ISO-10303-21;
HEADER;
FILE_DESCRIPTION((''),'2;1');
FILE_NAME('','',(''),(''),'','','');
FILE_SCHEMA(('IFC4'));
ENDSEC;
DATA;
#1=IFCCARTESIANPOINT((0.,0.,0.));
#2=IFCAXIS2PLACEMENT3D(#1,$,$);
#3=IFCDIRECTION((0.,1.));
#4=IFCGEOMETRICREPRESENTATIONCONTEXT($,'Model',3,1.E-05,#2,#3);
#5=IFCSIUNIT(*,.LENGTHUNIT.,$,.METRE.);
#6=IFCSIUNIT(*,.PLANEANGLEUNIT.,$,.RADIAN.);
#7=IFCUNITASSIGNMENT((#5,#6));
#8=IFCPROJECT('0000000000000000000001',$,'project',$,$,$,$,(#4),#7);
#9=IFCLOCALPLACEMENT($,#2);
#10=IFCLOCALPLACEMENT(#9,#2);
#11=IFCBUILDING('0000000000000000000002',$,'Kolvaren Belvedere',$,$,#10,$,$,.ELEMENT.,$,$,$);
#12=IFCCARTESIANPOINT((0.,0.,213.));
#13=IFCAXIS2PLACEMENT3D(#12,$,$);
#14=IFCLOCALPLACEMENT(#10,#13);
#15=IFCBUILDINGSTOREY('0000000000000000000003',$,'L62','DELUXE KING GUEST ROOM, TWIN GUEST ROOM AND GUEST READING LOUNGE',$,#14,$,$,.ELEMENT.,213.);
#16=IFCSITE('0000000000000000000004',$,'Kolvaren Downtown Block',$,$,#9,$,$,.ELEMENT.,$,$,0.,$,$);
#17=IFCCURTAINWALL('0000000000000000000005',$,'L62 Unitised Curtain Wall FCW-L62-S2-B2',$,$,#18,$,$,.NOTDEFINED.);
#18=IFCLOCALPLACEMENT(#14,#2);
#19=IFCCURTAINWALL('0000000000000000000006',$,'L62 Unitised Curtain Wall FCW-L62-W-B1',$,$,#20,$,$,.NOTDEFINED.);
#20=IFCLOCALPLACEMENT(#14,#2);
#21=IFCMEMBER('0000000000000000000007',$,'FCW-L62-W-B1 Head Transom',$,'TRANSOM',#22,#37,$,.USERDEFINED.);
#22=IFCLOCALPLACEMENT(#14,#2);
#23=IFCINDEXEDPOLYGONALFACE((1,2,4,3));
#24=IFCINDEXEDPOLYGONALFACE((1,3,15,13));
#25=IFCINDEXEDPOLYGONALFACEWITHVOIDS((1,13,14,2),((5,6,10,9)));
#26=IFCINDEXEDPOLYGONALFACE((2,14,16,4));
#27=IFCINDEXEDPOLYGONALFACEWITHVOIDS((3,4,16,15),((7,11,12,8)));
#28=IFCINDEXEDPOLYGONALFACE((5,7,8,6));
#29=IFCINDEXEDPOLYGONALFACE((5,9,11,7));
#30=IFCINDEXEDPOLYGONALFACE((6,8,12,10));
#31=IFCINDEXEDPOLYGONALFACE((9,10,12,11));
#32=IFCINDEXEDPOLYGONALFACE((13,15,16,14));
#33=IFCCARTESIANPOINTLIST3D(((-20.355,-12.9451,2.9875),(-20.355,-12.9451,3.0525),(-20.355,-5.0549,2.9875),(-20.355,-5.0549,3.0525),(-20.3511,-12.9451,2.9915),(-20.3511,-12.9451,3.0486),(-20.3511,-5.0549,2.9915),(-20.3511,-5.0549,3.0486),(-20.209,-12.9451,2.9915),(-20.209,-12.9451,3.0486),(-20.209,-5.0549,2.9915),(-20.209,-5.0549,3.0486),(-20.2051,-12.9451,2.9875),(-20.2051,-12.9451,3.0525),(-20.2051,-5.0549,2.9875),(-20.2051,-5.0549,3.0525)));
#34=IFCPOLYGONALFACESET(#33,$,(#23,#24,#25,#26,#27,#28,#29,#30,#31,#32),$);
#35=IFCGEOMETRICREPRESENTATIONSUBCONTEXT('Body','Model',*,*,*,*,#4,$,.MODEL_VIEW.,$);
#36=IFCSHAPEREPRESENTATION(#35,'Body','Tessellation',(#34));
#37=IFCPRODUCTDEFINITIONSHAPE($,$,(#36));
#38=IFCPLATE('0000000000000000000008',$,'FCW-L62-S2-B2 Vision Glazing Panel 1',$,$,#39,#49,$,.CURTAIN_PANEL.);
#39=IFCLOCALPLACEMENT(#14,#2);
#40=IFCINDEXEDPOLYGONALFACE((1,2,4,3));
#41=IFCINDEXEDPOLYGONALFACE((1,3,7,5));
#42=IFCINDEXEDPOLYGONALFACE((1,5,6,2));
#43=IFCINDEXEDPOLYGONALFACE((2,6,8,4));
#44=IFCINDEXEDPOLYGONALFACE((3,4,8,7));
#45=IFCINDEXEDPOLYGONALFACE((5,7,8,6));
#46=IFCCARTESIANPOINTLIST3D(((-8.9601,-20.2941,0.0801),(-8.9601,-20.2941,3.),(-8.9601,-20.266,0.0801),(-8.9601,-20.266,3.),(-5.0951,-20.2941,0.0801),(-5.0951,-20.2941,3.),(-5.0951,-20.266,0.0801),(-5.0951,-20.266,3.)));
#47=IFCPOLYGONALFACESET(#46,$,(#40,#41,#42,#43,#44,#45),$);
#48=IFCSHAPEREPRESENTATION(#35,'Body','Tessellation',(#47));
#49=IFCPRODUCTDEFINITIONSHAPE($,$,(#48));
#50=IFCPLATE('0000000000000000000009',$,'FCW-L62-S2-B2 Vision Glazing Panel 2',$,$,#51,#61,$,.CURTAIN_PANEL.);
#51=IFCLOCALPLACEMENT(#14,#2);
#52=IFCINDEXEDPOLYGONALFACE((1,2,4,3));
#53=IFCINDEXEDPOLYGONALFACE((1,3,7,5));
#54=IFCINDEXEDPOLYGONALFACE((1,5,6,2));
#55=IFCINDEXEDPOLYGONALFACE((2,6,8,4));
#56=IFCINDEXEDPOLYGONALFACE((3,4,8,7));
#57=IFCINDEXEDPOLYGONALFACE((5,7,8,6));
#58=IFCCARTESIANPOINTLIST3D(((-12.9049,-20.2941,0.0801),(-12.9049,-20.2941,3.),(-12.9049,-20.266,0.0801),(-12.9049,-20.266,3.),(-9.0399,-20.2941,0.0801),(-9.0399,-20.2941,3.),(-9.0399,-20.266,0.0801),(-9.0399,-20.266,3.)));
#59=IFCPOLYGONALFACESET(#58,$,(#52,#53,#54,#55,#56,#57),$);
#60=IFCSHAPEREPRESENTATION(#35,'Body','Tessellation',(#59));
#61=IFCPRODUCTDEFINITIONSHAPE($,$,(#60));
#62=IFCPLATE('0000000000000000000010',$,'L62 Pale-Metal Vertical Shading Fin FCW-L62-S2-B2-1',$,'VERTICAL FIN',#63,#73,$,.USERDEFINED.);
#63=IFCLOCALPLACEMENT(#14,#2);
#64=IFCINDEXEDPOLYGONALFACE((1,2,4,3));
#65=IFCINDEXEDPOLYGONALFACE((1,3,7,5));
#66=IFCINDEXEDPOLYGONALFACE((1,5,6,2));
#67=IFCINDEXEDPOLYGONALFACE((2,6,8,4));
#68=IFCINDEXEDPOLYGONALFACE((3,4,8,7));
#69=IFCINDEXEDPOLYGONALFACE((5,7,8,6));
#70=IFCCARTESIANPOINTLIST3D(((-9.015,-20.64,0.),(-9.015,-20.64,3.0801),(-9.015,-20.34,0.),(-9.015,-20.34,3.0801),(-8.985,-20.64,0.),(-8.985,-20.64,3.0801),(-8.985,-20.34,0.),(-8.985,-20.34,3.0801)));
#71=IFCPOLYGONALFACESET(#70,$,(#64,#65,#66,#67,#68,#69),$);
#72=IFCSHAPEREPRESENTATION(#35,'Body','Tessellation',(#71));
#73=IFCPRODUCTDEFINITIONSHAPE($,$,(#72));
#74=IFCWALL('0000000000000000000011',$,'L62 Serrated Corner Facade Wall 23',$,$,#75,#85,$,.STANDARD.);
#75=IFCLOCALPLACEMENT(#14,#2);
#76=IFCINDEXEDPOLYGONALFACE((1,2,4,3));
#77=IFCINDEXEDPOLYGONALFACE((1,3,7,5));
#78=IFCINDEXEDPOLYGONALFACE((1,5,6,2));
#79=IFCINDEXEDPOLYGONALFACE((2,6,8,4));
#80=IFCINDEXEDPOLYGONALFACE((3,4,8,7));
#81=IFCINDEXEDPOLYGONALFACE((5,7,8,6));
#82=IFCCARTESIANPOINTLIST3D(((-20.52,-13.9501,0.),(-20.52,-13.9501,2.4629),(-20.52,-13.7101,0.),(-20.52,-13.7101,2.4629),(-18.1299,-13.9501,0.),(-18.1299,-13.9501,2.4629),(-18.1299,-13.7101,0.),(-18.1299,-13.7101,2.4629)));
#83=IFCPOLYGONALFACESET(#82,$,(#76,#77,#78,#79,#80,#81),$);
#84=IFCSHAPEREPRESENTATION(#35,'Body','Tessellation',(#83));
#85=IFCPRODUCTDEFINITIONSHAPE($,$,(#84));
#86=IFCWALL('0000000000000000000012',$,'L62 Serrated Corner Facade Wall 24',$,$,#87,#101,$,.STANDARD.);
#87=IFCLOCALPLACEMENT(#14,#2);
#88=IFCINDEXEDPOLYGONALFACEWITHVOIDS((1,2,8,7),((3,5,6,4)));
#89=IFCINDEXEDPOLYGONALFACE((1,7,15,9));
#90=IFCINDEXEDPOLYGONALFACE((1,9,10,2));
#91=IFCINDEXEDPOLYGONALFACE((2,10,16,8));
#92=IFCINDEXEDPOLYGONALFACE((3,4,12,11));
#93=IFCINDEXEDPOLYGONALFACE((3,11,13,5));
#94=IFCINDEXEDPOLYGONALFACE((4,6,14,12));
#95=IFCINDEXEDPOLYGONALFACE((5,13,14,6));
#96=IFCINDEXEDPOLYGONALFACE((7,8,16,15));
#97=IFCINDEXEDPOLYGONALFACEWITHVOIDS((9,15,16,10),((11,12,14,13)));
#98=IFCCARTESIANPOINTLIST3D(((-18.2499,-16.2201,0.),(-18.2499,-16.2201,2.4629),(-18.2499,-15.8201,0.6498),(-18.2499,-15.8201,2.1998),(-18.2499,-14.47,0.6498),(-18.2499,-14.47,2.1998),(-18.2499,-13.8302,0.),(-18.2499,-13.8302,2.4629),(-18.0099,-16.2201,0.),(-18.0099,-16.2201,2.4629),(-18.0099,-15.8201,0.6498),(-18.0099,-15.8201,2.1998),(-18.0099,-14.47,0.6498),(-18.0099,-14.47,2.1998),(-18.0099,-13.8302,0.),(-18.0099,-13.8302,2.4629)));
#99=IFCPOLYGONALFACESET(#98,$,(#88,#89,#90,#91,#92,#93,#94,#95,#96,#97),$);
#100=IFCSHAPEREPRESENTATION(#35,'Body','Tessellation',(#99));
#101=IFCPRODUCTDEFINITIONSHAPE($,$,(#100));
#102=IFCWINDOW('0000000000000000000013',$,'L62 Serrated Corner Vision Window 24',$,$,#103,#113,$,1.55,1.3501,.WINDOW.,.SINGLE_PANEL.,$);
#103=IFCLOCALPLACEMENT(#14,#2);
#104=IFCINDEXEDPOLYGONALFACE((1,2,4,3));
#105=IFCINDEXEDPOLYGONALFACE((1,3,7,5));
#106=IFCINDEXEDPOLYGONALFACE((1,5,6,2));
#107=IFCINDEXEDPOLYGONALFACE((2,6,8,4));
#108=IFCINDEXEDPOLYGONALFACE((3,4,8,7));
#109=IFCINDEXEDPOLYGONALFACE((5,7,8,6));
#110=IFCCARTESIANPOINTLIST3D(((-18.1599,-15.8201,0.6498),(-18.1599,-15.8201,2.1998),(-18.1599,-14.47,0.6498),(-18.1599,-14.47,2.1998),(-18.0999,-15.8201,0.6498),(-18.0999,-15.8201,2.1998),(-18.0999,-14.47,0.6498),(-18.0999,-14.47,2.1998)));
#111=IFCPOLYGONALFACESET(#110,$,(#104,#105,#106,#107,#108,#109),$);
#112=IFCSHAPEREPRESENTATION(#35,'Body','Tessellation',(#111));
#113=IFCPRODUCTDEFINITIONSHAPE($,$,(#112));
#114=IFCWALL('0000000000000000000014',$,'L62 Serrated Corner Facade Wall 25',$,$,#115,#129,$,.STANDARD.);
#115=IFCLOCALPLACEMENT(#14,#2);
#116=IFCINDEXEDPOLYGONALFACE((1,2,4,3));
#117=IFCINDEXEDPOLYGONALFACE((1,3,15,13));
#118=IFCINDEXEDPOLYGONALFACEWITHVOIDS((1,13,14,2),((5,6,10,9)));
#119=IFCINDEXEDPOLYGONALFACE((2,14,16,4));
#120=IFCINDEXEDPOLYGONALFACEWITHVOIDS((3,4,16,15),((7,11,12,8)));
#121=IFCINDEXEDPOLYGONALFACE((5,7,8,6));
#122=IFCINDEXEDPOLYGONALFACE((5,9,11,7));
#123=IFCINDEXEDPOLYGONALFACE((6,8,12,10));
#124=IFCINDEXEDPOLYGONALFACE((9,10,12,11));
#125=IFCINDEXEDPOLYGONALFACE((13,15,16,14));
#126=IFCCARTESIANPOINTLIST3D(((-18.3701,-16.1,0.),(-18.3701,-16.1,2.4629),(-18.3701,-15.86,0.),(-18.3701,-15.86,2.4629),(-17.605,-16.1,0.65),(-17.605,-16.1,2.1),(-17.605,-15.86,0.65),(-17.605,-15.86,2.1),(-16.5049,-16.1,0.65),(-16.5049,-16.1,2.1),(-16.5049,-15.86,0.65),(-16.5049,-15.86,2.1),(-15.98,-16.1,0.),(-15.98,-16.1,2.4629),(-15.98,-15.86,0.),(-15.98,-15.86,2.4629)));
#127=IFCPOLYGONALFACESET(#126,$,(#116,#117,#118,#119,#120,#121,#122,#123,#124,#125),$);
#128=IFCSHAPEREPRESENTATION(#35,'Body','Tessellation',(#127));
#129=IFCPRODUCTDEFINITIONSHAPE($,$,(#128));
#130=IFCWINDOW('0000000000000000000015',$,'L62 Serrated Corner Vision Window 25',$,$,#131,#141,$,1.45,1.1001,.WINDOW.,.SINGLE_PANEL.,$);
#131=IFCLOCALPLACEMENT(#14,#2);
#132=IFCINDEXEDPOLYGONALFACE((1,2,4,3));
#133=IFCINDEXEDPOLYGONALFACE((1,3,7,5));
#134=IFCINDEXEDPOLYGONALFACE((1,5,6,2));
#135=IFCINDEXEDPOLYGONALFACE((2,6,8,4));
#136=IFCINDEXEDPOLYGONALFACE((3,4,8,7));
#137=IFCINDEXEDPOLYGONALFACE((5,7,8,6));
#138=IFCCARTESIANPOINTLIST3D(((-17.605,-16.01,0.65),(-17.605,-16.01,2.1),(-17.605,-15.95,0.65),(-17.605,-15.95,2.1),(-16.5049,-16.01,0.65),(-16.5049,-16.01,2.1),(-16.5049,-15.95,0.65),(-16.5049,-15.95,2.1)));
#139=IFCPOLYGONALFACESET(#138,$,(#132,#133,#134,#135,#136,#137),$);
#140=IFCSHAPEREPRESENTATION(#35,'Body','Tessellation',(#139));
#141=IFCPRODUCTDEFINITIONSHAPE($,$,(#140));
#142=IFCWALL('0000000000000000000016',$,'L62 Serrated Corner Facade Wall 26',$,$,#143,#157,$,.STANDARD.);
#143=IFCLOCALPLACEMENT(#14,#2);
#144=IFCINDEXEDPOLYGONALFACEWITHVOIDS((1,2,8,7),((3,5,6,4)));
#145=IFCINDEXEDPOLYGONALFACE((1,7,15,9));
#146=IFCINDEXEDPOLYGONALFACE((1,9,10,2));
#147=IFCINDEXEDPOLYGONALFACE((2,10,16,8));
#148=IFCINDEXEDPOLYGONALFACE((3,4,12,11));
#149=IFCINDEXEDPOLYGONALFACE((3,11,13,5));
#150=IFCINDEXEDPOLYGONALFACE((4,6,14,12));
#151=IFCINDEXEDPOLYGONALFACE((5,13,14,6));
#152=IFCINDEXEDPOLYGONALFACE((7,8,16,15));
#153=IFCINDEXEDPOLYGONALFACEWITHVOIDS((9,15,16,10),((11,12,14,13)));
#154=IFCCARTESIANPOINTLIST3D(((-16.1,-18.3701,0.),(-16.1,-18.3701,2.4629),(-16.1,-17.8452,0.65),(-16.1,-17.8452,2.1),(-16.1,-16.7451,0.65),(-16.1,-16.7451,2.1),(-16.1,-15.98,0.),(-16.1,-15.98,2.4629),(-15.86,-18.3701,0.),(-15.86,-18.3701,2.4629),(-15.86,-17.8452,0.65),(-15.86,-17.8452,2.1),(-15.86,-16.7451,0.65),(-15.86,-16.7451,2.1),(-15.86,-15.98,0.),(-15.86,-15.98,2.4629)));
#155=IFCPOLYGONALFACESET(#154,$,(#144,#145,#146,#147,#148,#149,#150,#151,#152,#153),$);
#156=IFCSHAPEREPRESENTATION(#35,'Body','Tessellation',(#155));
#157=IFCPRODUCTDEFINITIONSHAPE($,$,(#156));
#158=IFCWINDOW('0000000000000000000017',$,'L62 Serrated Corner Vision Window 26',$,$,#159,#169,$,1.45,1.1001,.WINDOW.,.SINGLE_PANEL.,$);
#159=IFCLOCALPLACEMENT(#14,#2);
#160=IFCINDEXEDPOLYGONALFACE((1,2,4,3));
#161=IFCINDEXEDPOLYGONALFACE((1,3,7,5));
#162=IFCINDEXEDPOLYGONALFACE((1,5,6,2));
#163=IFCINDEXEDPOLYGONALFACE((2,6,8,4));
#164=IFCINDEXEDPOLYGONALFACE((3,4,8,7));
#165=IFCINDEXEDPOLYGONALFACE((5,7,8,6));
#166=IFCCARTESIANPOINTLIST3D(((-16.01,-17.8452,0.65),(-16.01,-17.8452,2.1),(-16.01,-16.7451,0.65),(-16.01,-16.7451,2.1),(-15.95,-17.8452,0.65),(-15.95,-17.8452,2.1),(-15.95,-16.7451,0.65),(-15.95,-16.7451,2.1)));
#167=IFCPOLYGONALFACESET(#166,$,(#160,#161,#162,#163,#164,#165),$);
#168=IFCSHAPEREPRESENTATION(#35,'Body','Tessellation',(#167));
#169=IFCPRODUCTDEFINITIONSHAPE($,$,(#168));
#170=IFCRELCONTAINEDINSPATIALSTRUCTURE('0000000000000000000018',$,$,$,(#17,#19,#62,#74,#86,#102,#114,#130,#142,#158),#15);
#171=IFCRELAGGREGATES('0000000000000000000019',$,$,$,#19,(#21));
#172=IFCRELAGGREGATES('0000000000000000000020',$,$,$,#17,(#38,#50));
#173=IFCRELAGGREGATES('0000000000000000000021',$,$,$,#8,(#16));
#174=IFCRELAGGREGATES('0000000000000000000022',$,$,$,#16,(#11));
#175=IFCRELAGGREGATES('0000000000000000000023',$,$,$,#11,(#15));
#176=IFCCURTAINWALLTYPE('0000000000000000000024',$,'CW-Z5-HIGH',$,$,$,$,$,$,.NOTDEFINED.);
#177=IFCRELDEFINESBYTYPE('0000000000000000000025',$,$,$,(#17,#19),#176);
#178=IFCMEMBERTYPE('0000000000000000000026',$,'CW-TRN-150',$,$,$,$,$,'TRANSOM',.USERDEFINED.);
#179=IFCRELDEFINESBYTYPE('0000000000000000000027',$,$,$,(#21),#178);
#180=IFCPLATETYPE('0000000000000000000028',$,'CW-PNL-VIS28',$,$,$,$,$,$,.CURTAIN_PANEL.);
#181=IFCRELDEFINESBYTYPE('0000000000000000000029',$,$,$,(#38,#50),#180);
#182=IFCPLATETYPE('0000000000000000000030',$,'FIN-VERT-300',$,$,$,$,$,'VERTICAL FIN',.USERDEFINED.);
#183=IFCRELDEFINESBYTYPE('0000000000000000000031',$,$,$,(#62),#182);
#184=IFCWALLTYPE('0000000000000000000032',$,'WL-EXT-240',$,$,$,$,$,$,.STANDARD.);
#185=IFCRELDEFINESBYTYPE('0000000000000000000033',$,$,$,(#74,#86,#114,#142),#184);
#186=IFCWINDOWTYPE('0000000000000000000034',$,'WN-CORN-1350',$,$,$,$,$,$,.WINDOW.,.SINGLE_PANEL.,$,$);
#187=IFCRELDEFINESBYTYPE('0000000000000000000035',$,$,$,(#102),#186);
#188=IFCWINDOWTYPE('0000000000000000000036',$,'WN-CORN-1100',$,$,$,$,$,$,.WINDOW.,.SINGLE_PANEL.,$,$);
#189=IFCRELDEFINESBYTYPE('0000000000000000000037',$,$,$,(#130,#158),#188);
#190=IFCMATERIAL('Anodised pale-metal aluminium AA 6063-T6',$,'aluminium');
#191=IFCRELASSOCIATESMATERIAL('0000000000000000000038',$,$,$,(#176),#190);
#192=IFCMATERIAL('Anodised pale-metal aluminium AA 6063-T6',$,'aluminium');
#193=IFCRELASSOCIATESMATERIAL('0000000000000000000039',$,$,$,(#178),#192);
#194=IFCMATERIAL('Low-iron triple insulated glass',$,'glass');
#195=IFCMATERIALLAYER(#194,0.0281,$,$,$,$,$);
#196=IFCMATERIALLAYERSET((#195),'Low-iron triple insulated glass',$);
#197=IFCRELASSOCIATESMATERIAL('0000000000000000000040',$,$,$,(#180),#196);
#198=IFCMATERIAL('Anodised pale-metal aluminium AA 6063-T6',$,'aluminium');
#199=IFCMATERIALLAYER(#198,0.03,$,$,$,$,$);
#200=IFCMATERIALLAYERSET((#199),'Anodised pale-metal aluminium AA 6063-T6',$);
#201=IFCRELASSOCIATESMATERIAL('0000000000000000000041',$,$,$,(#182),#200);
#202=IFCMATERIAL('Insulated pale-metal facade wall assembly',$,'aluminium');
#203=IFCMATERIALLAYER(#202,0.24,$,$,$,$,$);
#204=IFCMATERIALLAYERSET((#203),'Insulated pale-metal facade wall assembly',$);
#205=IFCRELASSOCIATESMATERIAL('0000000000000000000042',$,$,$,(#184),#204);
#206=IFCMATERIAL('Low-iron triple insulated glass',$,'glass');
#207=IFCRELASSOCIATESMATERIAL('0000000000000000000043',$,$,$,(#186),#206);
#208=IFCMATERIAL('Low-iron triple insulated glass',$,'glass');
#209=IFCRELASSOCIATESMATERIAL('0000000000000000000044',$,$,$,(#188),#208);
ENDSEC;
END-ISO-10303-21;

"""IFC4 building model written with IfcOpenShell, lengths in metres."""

from ifc_helpers import new_model, si_unit, direction, frame, frame_2d, origin, origin_2d, place, context, subcontext, project, spatial, rectangle, hollow_rectangle, extrude, material, layer, layer_set, material_profile, profile_set, type_object, element, fill, aggregate, save


model = new_model("IFC4")

# Units and contexts
model_context = context("Model", 3, precision=1e-05, world=origin(), true_north=direction((0.0, 1.0)))
body_context = subcontext(model_context, "Body", "Model", "MODEL_VIEW")
ifc_project = project(units=[si_unit("LENGTHUNIT", "METRE"), si_unit("PLANEANGLEUNIT", "RADIAN")], contexts=[model_context])

# Site, building, storey
site_placement = place(None, origin())
site = spatial("IfcSite", under=ifc_project, at=site_placement, Name="Kolvaren Downtown Block", CompositionType="ELEMENT", RefElevation=0.0)
building_placement = place(site_placement, origin())
building = spatial("IfcBuilding", under=site, at=building_placement, Name="Kolvaren Belvedere", CompositionType="ELEMENT")
storey_placement = place(building_placement, frame((0.0, 0.0, 213.0)))
storey = spatial("IfcBuildingStorey", under=building, at=storey_placement, Name="L62", Description="DELUXE KING GUEST ROOM, TWIN GUEST ROOM AND GUEST READING LOUNGE", CompositionType="ELEMENT", Elevation=213.0)

# Curtain walls, member
ifc_material_1 = material(Name="Anodised pale-metal aluminium AA 6063-T6", Category="aluminium")
curtain_wall_type = type_object("IfcCurtainWallType", Name="CW-Z5-HIGH", PredefinedType="NOTDEFINED", material=ifc_material_1)
curtain_wall_1_placement = place(storey_placement, origin())
curtain_wall_1 = element("IfcCurtainWall", 1, at=curtain_wall_1_placement, inside=storey, type_object=curtain_wall_type, Name="L62 Unitised Curtain Wall FCW-L62-S2-B2", PredefinedType="NOTDEFINED")
curtain_wall_2_placement = place(storey_placement, origin())
curtain_wall_2 = element("IfcCurtainWall", 2, at=curtain_wall_2_placement, inside=storey, type_object=curtain_wall_type, Name="L62 Unitised Curtain Wall FCW-L62-W-B1", PredefinedType="NOTDEFINED")
ifc_material_2 = material(Name="Anodised pale-metal aluminium AA 6063-T6", Category="aluminium")
ifc_material_profile_1 = material_profile(ifc_material_2, hollow_rectangle(XDim=0.0649, YDim=0.1499, WallThickness=0.0039, at=origin_2d()), Name="ALU-TRN-150X65")
ifc_profile_set_1 = profile_set([ifc_material_profile_1], Name="Anodised pale-metal aluminium AA 6063-T6")
member_type_1 = type_object("IfcMemberType", Name="CW-TRN-150", ElementType="TRANSOM", PredefinedType="USERDEFINED", material=ifc_profile_set_1)
member_1_placement = place(storey_placement, frame((-20.28, -12.9451, 3.02), z_axis=(0.0, 1.0, 0.0), x_axis=(0.0, 0.0, 1.0)))
member_1 = element("IfcMember", 3, at=member_1_placement, type_object=member_type_1, Name="FCW-L62-W-B1 Head Transom", ObjectType="TRANSOM", PredefinedType="USERDEFINED", context=body_context, shape_type="SweptSolid", body=[
    extrude(hollow_rectangle(XDim=0.0649, YDim=0.1499, WallThickness=0.0039, at=origin_2d()), origin(), (0.0, 0.0, 1.0), 7.8901),
])
aggregate(curtain_wall_2, [member_1])

# Plates
ifc_material_3 = material(Name="Low-iron triple insulated glass", Category="glass")
ifc_layer_1 = layer(ifc_material_3, 0.0281)
ifc_layer_set_1 = layer_set([ifc_layer_1], Name="Low-iron triple insulated glass")
plate_type_1 = type_object("IfcPlateType", Name="CW-PNL-VIS28", PredefinedType="CURTAIN_PANEL", material=ifc_layer_set_1)
plate_1_placement = place(storey_placement, frame((-7.0276, -20.28, 0.0801), z_axis=(0.0, 0.0, 1.0), x_axis=(-1.0, 0.0, 0.0)))
plate_1 = element("IfcPlate", 4, at=plate_1_placement, type_object=plate_type_1, Name="FCW-L62-S2-B2 Vision Glazing Panel 1", PredefinedType="CURTAIN_PANEL", context=body_context, shape_type="SweptSolid", body=[
    extrude(rectangle(XDim=3.865, YDim=0.0281, at=origin_2d()), origin(), (0.0, 0.0, 1.0), 2.9199),
])
plate_2_placement = place(storey_placement, frame((-10.9724, -20.28, 0.0801), z_axis=(0.0, 0.0, 1.0), x_axis=(-1.0, 0.0, 0.0)))
plate_2 = element("IfcPlate", 5, at=plate_2_placement, type_object=plate_type_1, Name="FCW-L62-S2-B2 Vision Glazing Panel 2", PredefinedType="CURTAIN_PANEL", context=body_context, shape_type="SweptSolid", body=[
    extrude(rectangle(XDim=3.865, YDim=0.0281, at=origin_2d()), origin(), (0.0, 0.0, 1.0), 2.9199),
])
aggregate(curtain_wall_1, [plate_1, plate_2])
ifc_material_4 = material(Name="Anodised pale-metal aluminium AA 6063-T6", Category="aluminium")
ifc_layer_2 = layer(ifc_material_4, 0.03)
ifc_layer_set_2 = layer_set([ifc_layer_2], Name="Anodised pale-metal aluminium AA 6063-T6")
plate_type_2 = type_object("IfcPlateType", Name="FIN-VERT-300", ElementType="VERTICAL FIN", PredefinedType="USERDEFINED", material=ifc_layer_set_2)
plate_3_placement = place(storey_placement, frame((-9.0, -20.49, 0.0), z_axis=(0.0, 0.0, 1.0), x_axis=(0.0, 1.0, 0.0)))
element("IfcPlate", 6, at=plate_3_placement, inside=storey, type_object=plate_type_2, Name="L62 Pale-Metal Vertical Shading Fin FCW-L62-S2-B2-1", ObjectType="VERTICAL FIN", PredefinedType="USERDEFINED", context=body_context, shape_type="SweptSolid", body=[
    extrude(rectangle(XDim=0.3, YDim=0.03, at=origin_2d()), origin(), (0.0, 0.0, 1.0), 3.0801),
])

# Wall
ifc_material_5 = material(Name="Insulated pale-metal facade wall assembly", Category="aluminium")
ifc_layer_3 = layer(ifc_material_5, 0.24)
ifc_layer_set_3 = layer_set([ifc_layer_3], Name="Insulated pale-metal facade wall assembly")
wall_type_1 = type_object("IfcWallType", Name="WL-EXT-240", PredefinedType="STANDARD", material=ifc_layer_set_3)
wall_1_placement = place(storey_placement, frame((-18.1299, -13.8301, 0.0), z_axis=(0.0, 0.0, 1.0), x_axis=(-1.0, 0.0, 0.0)))
element("IfcWall", 7, at=wall_1_placement, inside=storey, type_object=wall_type_1, Name="L62 Serrated Corner Facade Wall 23", PredefinedType="STANDARD", context=body_context, shape_type="SweptSolid", body=[
    extrude(rectangle(XDim=2.3901, YDim=0.24, at=frame_2d((1.1951, 0.0))), origin(), (0.0, 0.0, 1.0), 2.4629),
])

# Walls, openings, windows
wall_2_placement = place(storey_placement, frame((-18.1299, -16.22, 0.0), z_axis=(0.0, 0.0, 1.0), x_axis=(0.0, 1.0, 0.0)))
wall_2 = element("IfcWall", 8, at=wall_2_placement, inside=storey, type_object=wall_type_1, Name="L62 Serrated Corner Facade Wall 24", PredefinedType="STANDARD", context=body_context, shape_type="SweptSolid", body=[
    extrude(rectangle(XDim=2.3899, YDim=0.24, at=frame_2d((1.1948, 0.0))), origin(), (0.0, 0.0, 1.0), 2.4629),
])
opening_1_placement = place(wall_2_placement, frame((0.3999, 0.0, 0.6499)))
opening_1 = element("IfcOpeningElement", 9, at=opening_1_placement, cuts=wall_2, PredefinedType="OPENING", context=body_context, shape_type="SweptSolid", body=[
    extrude(rectangle(XDim=1.3501, YDim=1.55, at=frame_2d((0.675, 0.7749))), frame((0.0, 0.1299, 0.0), z_axis=(0.0, -1.0, 0.0), x_axis=(1.0, 0.0, 0.0)), (0.0, 0.0, 1.0), 0.26),
])
ifc_material_6 = material(Name="Low-iron triple insulated glass", Category="glass")
window_type_1 = type_object("IfcWindowType", Name="WN-CORN-1350", PartitioningType="SINGLE_PANEL", PredefinedType="WINDOW", material=ifc_material_6)
window_1_placement = place(opening_1_placement, origin())
window_1 = element("IfcWindow", 10, at=window_1_placement, inside=storey, type_object=window_type_1, Name="L62 Serrated Corner Vision Window 24", OverallHeight=1.55, OverallWidth=1.3501, PartitioningType="SINGLE_PANEL", PredefinedType="WINDOW", context=body_context, shape_type="SweptSolid", body=[
    extrude(rectangle(XDim=1.3501, YDim=1.55, at=frame_2d((0.675, 0.7749))), frame((0.0, 0.03, 0.0), z_axis=(0.0, -1.0, 0.0), x_axis=(1.0, 0.0, 0.0)), (0.0, 0.0, 1.0), 0.0601),
])
fill(opening_1, window_1)
wall_3_placement = place(storey_placement, frame((-15.98, -15.98, 0.0), z_axis=(0.0, 0.0, 1.0), x_axis=(-1.0, 0.0, 0.0)))
wall_3 = element("IfcWall", 11, at=wall_3_placement, inside=storey, type_object=wall_type_1, Name="L62 Serrated Corner Facade Wall 25", PredefinedType="STANDARD", context=body_context, shape_type="SweptSolid", body=[
    extrude(rectangle(XDim=2.3901, YDim=0.24, at=frame_2d((1.1951, 0.0))), origin(), (0.0, 0.0, 1.0), 2.4629),
])
opening_2_placement = place(wall_3_placement, frame((0.5249, 0.0, 0.6499)))
opening_2 = element("IfcOpeningElement", 12, at=opening_2_placement, cuts=wall_3, PredefinedType="OPENING", context=body_context, shape_type="SweptSolid", body=[
    extrude(rectangle(XDim=1.1001, YDim=1.45, at=frame_2d((0.55, 0.7251))), frame((0.0, 0.1299, 0.0), z_axis=(0.0, -1.0, 0.0), x_axis=(1.0, 0.0, 0.0)), (0.0, 0.0, 1.0), 0.26),
])
ifc_material_7 = material(Name="Low-iron triple insulated glass", Category="glass")
window_type_2 = type_object("IfcWindowType", Name="WN-CORN-1100", PartitioningType="SINGLE_PANEL", PredefinedType="WINDOW", material=ifc_material_7)
window_2_placement = place(opening_2_placement, origin())
window_2 = element("IfcWindow", 13, at=window_2_placement, inside=storey, type_object=window_type_2, Name="L62 Serrated Corner Vision Window 25", OverallHeight=1.45, OverallWidth=1.1001, PartitioningType="SINGLE_PANEL", PredefinedType="WINDOW", context=body_context, shape_type="SweptSolid", body=[
    extrude(rectangle(XDim=1.1001, YDim=1.45, at=frame_2d((0.55, 0.7251))), frame((0.0, 0.03, 0.0), z_axis=(0.0, -1.0, 0.0), x_axis=(1.0, 0.0, 0.0)), (0.0, 0.0, 1.0), 0.0601),
])
fill(opening_2, window_2)
wall_4_placement = place(storey_placement, frame((-15.98, -18.3701, 0.0), z_axis=(0.0, 0.0, 1.0), x_axis=(0.0, 1.0, 0.0)))
wall_4 = element("IfcWall", 14, at=wall_4_placement, inside=storey, type_object=wall_type_1, Name="L62 Serrated Corner Facade Wall 26", PredefinedType="STANDARD", context=body_context, shape_type="SweptSolid", body=[
    extrude(rectangle(XDim=2.3901, YDim=0.24, at=frame_2d((1.1951, 0.0))), origin(), (0.0, 0.0, 1.0), 2.4629),
])
opening_3_placement = place(wall_4_placement, frame((0.5249, 0.0, 0.6499)))
opening_3 = element("IfcOpeningElement", 15, at=opening_3_placement, cuts=wall_4, PredefinedType="OPENING", context=body_context, shape_type="SweptSolid", body=[
    extrude(rectangle(XDim=1.1001, YDim=1.45, at=frame_2d((0.55, 0.7251))), frame((0.0, 0.1299, 0.0), z_axis=(0.0, -1.0, 0.0), x_axis=(1.0, 0.0, 0.0)), (0.0, 0.0, 1.0), 0.26),
])
window_3_placement = place(opening_3_placement, origin())
window_3 = element("IfcWindow", 16, at=window_3_placement, inside=storey, type_object=window_type_2, Name="L62 Serrated Corner Vision Window 26", OverallHeight=1.45, OverallWidth=1.1001, PartitioningType="SINGLE_PANEL", PredefinedType="WINDOW", context=body_context, shape_type="SweptSolid", body=[
    extrude(rectangle(XDim=1.1001, YDim=1.45, at=frame_2d((0.55, 0.7251))), frame((0.0, 0.03, 0.0), z_axis=(0.0, -1.0, 0.0), x_axis=(1.0, 0.0, 0.0)), (0.0, 0.0, 1.0), 0.0601),
])
fill(opening_3, window_3)

save(model, "model.ifc")
